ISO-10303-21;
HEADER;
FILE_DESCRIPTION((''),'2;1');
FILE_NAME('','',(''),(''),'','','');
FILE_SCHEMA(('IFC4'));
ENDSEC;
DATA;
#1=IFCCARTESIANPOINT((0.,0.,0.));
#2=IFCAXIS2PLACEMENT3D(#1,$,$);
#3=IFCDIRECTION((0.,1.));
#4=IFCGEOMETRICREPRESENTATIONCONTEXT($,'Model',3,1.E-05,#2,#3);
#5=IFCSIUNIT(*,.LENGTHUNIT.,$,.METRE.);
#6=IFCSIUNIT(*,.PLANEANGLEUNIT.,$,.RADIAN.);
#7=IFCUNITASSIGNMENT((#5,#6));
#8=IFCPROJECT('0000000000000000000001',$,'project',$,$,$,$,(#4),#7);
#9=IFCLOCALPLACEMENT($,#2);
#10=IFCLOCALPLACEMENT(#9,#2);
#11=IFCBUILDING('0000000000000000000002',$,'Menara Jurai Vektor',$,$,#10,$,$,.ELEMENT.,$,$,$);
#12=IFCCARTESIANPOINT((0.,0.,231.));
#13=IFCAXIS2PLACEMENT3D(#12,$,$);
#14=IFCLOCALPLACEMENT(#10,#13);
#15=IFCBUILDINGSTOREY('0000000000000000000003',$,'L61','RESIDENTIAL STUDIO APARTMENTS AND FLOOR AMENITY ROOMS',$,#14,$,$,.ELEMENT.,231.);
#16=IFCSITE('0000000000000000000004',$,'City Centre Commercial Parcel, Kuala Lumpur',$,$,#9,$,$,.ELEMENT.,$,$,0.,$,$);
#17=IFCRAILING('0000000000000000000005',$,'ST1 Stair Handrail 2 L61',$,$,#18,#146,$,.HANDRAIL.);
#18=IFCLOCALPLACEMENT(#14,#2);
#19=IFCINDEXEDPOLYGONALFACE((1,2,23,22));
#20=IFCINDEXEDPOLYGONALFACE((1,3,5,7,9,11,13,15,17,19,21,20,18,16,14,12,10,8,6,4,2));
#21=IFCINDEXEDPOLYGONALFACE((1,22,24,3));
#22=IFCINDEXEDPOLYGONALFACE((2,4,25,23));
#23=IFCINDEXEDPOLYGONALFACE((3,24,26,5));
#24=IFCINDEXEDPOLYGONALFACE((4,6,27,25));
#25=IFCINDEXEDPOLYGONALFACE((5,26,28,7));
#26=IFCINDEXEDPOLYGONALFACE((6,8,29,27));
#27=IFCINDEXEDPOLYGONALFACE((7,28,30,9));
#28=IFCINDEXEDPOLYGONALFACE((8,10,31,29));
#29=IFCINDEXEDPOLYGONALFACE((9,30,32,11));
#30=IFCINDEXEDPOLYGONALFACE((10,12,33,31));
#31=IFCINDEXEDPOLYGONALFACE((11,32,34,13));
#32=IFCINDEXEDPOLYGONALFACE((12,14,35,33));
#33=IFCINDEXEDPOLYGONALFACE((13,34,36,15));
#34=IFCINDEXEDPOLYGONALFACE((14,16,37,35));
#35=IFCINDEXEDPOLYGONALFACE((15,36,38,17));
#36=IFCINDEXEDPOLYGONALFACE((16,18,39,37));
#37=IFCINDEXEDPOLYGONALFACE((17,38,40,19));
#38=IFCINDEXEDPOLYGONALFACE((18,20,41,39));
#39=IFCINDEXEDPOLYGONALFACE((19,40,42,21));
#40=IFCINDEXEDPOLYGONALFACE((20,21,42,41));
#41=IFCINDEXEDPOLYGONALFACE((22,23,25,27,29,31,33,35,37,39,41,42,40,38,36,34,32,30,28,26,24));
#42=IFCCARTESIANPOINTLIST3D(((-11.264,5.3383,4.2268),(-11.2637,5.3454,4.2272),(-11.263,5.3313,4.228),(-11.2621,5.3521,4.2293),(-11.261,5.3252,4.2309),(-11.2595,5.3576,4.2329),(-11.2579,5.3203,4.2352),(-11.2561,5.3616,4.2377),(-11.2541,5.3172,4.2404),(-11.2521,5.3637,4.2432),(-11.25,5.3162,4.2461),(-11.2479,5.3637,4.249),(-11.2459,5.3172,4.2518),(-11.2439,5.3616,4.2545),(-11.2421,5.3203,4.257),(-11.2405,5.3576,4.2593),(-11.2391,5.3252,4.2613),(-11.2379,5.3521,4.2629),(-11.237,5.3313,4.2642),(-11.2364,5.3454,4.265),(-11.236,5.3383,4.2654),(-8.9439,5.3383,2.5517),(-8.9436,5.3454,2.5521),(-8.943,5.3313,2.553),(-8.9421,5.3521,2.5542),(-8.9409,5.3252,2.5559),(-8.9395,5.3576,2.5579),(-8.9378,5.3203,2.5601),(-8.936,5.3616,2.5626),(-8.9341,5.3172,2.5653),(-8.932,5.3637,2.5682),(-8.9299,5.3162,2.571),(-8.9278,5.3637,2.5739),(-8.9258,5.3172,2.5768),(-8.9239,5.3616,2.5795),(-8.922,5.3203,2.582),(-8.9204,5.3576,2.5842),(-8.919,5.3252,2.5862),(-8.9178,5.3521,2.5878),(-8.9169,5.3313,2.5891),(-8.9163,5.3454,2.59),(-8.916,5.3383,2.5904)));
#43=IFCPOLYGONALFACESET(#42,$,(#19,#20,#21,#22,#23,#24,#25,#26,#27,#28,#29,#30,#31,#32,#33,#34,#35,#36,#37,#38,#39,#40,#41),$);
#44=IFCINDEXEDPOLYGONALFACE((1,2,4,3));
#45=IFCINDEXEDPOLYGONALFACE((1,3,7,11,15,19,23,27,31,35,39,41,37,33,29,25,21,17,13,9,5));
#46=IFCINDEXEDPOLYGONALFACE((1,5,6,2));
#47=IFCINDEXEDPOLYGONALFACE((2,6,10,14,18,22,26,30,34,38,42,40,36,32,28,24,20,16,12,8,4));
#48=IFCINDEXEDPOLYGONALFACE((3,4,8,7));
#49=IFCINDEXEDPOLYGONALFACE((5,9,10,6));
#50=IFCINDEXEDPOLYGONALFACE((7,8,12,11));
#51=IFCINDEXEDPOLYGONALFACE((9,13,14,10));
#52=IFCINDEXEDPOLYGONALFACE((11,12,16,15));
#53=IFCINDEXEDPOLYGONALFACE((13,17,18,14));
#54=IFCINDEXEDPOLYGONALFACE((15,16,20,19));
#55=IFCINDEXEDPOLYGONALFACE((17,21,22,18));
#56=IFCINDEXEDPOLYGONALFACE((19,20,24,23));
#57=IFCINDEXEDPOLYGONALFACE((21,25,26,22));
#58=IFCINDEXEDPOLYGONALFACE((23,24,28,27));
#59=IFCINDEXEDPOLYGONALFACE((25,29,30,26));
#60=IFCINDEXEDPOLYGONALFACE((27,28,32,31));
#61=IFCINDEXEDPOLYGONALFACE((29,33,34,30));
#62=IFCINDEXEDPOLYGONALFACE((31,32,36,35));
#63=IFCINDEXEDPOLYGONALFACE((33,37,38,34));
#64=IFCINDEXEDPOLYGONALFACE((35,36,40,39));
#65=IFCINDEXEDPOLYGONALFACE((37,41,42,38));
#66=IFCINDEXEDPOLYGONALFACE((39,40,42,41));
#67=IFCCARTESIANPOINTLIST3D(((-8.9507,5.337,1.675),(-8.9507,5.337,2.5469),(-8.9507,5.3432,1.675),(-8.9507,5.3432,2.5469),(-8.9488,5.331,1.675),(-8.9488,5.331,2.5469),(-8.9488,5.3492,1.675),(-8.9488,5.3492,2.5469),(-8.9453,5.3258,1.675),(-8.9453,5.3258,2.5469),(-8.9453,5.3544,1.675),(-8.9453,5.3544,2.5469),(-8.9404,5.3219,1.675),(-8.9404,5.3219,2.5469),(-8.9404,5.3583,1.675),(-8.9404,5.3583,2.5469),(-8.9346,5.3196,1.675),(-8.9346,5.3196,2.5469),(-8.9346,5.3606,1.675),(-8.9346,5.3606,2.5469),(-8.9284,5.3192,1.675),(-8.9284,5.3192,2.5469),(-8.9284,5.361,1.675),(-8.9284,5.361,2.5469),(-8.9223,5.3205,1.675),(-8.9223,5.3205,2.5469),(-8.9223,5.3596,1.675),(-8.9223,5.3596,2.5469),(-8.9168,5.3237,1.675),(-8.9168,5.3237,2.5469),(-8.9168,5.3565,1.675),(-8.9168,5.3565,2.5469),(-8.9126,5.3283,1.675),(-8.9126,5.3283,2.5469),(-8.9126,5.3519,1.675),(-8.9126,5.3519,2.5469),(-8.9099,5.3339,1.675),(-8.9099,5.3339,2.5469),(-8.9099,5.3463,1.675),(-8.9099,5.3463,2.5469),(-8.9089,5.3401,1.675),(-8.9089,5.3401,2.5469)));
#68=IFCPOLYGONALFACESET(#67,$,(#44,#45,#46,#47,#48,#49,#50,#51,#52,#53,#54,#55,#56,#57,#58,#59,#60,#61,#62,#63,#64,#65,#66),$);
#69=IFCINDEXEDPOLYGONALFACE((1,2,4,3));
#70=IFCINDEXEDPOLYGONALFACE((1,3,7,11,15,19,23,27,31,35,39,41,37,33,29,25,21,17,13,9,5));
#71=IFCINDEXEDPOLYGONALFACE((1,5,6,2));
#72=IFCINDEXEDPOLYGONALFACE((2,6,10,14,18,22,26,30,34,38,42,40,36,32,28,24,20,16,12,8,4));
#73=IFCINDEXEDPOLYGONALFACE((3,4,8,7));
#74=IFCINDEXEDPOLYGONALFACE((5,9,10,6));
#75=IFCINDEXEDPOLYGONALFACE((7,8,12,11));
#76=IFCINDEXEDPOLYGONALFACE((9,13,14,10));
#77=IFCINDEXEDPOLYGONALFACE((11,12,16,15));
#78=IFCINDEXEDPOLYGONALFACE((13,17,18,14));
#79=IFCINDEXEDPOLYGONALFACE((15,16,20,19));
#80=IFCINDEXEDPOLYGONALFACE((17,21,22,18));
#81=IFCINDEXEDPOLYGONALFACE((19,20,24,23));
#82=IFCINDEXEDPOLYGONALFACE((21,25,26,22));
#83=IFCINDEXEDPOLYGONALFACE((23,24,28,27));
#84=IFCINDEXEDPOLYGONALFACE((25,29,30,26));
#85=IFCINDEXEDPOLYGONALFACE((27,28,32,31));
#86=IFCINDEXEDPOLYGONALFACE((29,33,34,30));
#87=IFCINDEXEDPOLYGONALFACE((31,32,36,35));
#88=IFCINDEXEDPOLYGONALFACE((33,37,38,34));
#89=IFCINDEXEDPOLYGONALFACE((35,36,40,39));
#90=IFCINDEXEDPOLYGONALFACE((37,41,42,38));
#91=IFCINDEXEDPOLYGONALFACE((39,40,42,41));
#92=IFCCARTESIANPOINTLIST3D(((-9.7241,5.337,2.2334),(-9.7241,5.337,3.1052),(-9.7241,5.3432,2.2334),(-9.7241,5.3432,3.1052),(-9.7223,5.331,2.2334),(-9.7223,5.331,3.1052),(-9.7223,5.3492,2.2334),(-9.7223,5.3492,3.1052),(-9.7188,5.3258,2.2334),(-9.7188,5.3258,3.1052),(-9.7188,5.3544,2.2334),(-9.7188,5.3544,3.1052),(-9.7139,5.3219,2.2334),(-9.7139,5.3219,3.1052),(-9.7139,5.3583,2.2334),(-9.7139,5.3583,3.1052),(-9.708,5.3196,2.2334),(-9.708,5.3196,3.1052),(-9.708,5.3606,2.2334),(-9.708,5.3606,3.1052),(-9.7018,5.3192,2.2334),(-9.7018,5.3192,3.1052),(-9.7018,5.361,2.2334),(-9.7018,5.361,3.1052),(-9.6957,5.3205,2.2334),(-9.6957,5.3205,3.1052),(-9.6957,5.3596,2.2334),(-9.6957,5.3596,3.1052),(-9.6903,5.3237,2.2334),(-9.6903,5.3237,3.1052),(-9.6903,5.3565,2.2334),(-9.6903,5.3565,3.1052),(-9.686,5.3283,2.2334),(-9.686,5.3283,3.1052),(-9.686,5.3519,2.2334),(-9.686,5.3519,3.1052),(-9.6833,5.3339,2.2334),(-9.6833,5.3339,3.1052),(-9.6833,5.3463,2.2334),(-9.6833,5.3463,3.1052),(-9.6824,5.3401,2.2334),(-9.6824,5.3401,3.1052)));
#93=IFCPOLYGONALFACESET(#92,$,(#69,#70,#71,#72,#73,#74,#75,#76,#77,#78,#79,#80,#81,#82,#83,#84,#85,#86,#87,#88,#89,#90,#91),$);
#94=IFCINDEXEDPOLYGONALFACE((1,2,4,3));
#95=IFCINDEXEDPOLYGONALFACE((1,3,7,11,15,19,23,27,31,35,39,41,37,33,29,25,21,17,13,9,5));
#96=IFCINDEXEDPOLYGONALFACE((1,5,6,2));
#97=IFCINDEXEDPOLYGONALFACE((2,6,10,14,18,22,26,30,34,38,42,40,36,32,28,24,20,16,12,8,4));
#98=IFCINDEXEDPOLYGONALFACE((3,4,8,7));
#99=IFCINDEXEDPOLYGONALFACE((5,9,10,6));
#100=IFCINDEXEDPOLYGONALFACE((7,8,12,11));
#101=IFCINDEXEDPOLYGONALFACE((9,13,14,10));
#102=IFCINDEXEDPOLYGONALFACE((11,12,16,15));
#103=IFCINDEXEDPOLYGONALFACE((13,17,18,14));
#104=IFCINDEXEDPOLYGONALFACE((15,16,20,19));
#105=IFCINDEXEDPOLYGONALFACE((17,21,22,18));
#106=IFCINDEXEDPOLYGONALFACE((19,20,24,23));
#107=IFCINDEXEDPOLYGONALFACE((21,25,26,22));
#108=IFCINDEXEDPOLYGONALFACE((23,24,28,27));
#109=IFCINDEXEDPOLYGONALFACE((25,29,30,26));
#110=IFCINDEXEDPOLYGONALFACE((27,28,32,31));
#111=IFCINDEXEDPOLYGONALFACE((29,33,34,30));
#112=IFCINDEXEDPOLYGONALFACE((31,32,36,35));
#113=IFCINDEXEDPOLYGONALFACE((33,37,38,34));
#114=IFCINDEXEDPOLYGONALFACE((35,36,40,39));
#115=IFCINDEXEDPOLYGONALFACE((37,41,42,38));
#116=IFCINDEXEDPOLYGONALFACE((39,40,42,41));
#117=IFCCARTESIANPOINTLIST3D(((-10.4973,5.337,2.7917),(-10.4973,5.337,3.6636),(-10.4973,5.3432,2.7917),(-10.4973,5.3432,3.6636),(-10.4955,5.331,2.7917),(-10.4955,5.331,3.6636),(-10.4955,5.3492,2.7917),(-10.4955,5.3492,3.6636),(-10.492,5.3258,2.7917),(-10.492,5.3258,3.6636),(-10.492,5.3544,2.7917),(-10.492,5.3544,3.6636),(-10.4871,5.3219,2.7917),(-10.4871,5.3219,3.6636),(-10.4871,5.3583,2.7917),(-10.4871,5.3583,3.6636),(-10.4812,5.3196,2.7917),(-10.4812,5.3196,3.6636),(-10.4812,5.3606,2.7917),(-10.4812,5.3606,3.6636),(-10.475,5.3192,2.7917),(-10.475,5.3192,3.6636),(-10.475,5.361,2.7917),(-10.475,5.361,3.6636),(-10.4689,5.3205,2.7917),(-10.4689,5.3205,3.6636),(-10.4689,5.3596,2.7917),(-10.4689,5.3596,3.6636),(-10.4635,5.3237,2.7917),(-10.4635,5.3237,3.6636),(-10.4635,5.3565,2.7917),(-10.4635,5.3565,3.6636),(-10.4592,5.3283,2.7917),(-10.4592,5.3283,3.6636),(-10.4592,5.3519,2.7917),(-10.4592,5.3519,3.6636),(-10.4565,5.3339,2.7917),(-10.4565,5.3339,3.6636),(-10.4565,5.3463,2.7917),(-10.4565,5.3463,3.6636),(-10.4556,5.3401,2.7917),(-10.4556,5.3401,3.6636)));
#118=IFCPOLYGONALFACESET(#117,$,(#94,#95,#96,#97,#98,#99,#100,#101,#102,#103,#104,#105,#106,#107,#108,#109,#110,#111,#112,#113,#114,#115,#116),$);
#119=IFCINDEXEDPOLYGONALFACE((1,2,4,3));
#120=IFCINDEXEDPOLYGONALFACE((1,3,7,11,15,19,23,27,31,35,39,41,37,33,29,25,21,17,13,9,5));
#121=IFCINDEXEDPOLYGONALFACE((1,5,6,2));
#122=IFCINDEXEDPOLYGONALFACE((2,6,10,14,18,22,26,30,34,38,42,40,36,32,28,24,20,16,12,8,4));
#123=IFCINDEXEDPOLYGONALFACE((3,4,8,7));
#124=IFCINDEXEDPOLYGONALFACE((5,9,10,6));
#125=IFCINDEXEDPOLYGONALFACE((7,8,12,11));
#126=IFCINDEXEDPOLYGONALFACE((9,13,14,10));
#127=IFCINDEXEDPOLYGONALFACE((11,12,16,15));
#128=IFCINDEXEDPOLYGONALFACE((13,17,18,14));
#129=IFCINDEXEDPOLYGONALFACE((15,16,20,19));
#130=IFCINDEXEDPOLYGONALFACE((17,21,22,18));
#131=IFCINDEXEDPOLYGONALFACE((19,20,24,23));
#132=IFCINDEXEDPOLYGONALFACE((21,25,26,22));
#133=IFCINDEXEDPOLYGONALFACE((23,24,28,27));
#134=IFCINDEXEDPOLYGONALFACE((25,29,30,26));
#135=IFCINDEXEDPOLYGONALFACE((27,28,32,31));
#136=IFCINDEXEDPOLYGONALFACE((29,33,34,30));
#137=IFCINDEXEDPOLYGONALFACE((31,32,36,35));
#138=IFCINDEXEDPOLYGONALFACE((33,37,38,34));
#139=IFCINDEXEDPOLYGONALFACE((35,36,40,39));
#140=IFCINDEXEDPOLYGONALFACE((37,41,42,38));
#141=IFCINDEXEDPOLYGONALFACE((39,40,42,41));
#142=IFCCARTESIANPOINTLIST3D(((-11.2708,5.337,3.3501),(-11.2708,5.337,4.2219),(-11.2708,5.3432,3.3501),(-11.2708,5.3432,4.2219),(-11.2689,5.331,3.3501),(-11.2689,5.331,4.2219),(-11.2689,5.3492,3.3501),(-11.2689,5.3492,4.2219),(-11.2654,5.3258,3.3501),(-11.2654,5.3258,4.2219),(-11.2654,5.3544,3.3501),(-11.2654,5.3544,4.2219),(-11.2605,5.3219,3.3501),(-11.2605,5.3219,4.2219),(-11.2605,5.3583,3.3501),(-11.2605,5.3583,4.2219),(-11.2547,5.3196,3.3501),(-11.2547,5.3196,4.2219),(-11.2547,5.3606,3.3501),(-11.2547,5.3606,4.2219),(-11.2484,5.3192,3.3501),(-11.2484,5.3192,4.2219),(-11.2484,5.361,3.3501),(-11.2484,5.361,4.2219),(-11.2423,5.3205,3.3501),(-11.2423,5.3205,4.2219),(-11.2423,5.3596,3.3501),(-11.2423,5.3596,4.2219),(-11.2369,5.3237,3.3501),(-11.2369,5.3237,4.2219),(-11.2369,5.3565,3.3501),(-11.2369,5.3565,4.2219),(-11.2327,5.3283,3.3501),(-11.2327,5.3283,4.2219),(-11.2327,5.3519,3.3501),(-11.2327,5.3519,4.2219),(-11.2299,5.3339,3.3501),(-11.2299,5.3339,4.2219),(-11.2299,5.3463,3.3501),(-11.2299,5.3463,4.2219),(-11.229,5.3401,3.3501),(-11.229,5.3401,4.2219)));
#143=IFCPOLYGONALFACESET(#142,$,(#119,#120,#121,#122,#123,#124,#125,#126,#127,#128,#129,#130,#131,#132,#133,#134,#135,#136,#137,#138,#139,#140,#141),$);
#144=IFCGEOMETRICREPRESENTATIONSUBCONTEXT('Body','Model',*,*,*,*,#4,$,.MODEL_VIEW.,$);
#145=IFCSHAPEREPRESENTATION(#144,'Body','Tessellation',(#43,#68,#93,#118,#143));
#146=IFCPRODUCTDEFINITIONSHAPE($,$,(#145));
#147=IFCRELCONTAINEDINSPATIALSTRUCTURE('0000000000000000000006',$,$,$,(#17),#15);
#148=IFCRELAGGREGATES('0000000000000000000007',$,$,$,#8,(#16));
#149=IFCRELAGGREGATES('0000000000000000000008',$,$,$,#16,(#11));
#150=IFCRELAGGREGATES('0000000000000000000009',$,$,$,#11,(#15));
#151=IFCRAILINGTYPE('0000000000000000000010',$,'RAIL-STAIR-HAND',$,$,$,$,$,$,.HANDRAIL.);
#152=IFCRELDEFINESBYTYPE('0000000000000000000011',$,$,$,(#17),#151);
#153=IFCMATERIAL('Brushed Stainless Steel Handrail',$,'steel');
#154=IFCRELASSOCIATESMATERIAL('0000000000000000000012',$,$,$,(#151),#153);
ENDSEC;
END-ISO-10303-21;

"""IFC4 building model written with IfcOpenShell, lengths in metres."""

from ifc_helpers import new_model, si_unit, direction, frame, origin, origin_2d, place, context, subcontext, project, spatial, circle, extrude, material, type_object, element, save


model = new_model("IFC4")

# Units and contexts
model_context = context("Model", 3, precision=1e-05, world=origin(), true_north=direction((0.0, 1.0)))
body_context = subcontext(model_context, "Body", "Model", "MODEL_VIEW")
ifc_project = project(units=[si_unit("LENGTHUNIT", "METRE"), si_unit("PLANEANGLEUNIT", "RADIAN")], contexts=[model_context])

# Site, building, storey
site_placement = place(None, origin())
site = spatial("IfcSite", under=ifc_project, at=site_placement, Name="City Centre Commercial Parcel, Kuala Lumpur", CompositionType="ELEMENT", RefElevation=0.0)
building_placement = place(site_placement, origin())
building = spatial("IfcBuilding", under=site, at=building_placement, Name="Menara Jurai Vektor", CompositionType="ELEMENT")
storey_placement = place(building_placement, frame((0.0, 0.0, 231.0)))
storey = spatial("IfcBuildingStorey", under=building, at=storey_placement, Name="L61", Description="RESIDENTIAL STUDIO APARTMENTS AND FLOOR AMENITY ROOMS", CompositionType="ELEMENT", Elevation=231.0)

# Railing
ifc_material_1 = material(Name="Brushed Stainless Steel Handrail", Category="steel")
railing_type_1 = type_object("IfcRailingType", Name="RAIL-STAIR-HAND", PredefinedType="HANDRAIL", material=ifc_material_1)
railing_1_placement = place(storey_placement, frame((-8.9299, 5.3401, 1.675)))
element("IfcRailing", 1, at=railing_1_placement, inside=storey, type_object=railing_type_1, Name="ST1 Stair Handrail 2 L61", PredefinedType="HANDRAIL", context=body_context, shape_type="SweptSolid", body=[
    extrude(circle(Radius=0.0239, at=origin_2d()), frame((0.0, 0.0, 0.896), z_axis=(-0.810771, 0.0, 0.585363), x_axis=(0.0, -1.0, 0.0)), (0.0, 0.0, 1.0), 2.8616),
    extrude(circle(Radius=0.021, at=origin_2d()), origin(), (0.0, 0.0, 1.0), 0.8718),
    extrude(circle(Radius=0.021, at=origin_2d()), frame((-0.7734, 0.0, 0.5583)), (0.0, 0.0, 1.0), 0.8718),
    extrude(circle(Radius=0.021, at=origin_2d()), frame((-1.5466, 0.0, 1.1167)), (0.0, 0.0, 1.0), 0.8718),
    extrude(circle(Radius=0.021, at=origin_2d()), frame((-2.3201, 0.0, 1.675)), (0.0, 0.0, 1.0), 0.8718),
])

save(model, "model.ifc")
